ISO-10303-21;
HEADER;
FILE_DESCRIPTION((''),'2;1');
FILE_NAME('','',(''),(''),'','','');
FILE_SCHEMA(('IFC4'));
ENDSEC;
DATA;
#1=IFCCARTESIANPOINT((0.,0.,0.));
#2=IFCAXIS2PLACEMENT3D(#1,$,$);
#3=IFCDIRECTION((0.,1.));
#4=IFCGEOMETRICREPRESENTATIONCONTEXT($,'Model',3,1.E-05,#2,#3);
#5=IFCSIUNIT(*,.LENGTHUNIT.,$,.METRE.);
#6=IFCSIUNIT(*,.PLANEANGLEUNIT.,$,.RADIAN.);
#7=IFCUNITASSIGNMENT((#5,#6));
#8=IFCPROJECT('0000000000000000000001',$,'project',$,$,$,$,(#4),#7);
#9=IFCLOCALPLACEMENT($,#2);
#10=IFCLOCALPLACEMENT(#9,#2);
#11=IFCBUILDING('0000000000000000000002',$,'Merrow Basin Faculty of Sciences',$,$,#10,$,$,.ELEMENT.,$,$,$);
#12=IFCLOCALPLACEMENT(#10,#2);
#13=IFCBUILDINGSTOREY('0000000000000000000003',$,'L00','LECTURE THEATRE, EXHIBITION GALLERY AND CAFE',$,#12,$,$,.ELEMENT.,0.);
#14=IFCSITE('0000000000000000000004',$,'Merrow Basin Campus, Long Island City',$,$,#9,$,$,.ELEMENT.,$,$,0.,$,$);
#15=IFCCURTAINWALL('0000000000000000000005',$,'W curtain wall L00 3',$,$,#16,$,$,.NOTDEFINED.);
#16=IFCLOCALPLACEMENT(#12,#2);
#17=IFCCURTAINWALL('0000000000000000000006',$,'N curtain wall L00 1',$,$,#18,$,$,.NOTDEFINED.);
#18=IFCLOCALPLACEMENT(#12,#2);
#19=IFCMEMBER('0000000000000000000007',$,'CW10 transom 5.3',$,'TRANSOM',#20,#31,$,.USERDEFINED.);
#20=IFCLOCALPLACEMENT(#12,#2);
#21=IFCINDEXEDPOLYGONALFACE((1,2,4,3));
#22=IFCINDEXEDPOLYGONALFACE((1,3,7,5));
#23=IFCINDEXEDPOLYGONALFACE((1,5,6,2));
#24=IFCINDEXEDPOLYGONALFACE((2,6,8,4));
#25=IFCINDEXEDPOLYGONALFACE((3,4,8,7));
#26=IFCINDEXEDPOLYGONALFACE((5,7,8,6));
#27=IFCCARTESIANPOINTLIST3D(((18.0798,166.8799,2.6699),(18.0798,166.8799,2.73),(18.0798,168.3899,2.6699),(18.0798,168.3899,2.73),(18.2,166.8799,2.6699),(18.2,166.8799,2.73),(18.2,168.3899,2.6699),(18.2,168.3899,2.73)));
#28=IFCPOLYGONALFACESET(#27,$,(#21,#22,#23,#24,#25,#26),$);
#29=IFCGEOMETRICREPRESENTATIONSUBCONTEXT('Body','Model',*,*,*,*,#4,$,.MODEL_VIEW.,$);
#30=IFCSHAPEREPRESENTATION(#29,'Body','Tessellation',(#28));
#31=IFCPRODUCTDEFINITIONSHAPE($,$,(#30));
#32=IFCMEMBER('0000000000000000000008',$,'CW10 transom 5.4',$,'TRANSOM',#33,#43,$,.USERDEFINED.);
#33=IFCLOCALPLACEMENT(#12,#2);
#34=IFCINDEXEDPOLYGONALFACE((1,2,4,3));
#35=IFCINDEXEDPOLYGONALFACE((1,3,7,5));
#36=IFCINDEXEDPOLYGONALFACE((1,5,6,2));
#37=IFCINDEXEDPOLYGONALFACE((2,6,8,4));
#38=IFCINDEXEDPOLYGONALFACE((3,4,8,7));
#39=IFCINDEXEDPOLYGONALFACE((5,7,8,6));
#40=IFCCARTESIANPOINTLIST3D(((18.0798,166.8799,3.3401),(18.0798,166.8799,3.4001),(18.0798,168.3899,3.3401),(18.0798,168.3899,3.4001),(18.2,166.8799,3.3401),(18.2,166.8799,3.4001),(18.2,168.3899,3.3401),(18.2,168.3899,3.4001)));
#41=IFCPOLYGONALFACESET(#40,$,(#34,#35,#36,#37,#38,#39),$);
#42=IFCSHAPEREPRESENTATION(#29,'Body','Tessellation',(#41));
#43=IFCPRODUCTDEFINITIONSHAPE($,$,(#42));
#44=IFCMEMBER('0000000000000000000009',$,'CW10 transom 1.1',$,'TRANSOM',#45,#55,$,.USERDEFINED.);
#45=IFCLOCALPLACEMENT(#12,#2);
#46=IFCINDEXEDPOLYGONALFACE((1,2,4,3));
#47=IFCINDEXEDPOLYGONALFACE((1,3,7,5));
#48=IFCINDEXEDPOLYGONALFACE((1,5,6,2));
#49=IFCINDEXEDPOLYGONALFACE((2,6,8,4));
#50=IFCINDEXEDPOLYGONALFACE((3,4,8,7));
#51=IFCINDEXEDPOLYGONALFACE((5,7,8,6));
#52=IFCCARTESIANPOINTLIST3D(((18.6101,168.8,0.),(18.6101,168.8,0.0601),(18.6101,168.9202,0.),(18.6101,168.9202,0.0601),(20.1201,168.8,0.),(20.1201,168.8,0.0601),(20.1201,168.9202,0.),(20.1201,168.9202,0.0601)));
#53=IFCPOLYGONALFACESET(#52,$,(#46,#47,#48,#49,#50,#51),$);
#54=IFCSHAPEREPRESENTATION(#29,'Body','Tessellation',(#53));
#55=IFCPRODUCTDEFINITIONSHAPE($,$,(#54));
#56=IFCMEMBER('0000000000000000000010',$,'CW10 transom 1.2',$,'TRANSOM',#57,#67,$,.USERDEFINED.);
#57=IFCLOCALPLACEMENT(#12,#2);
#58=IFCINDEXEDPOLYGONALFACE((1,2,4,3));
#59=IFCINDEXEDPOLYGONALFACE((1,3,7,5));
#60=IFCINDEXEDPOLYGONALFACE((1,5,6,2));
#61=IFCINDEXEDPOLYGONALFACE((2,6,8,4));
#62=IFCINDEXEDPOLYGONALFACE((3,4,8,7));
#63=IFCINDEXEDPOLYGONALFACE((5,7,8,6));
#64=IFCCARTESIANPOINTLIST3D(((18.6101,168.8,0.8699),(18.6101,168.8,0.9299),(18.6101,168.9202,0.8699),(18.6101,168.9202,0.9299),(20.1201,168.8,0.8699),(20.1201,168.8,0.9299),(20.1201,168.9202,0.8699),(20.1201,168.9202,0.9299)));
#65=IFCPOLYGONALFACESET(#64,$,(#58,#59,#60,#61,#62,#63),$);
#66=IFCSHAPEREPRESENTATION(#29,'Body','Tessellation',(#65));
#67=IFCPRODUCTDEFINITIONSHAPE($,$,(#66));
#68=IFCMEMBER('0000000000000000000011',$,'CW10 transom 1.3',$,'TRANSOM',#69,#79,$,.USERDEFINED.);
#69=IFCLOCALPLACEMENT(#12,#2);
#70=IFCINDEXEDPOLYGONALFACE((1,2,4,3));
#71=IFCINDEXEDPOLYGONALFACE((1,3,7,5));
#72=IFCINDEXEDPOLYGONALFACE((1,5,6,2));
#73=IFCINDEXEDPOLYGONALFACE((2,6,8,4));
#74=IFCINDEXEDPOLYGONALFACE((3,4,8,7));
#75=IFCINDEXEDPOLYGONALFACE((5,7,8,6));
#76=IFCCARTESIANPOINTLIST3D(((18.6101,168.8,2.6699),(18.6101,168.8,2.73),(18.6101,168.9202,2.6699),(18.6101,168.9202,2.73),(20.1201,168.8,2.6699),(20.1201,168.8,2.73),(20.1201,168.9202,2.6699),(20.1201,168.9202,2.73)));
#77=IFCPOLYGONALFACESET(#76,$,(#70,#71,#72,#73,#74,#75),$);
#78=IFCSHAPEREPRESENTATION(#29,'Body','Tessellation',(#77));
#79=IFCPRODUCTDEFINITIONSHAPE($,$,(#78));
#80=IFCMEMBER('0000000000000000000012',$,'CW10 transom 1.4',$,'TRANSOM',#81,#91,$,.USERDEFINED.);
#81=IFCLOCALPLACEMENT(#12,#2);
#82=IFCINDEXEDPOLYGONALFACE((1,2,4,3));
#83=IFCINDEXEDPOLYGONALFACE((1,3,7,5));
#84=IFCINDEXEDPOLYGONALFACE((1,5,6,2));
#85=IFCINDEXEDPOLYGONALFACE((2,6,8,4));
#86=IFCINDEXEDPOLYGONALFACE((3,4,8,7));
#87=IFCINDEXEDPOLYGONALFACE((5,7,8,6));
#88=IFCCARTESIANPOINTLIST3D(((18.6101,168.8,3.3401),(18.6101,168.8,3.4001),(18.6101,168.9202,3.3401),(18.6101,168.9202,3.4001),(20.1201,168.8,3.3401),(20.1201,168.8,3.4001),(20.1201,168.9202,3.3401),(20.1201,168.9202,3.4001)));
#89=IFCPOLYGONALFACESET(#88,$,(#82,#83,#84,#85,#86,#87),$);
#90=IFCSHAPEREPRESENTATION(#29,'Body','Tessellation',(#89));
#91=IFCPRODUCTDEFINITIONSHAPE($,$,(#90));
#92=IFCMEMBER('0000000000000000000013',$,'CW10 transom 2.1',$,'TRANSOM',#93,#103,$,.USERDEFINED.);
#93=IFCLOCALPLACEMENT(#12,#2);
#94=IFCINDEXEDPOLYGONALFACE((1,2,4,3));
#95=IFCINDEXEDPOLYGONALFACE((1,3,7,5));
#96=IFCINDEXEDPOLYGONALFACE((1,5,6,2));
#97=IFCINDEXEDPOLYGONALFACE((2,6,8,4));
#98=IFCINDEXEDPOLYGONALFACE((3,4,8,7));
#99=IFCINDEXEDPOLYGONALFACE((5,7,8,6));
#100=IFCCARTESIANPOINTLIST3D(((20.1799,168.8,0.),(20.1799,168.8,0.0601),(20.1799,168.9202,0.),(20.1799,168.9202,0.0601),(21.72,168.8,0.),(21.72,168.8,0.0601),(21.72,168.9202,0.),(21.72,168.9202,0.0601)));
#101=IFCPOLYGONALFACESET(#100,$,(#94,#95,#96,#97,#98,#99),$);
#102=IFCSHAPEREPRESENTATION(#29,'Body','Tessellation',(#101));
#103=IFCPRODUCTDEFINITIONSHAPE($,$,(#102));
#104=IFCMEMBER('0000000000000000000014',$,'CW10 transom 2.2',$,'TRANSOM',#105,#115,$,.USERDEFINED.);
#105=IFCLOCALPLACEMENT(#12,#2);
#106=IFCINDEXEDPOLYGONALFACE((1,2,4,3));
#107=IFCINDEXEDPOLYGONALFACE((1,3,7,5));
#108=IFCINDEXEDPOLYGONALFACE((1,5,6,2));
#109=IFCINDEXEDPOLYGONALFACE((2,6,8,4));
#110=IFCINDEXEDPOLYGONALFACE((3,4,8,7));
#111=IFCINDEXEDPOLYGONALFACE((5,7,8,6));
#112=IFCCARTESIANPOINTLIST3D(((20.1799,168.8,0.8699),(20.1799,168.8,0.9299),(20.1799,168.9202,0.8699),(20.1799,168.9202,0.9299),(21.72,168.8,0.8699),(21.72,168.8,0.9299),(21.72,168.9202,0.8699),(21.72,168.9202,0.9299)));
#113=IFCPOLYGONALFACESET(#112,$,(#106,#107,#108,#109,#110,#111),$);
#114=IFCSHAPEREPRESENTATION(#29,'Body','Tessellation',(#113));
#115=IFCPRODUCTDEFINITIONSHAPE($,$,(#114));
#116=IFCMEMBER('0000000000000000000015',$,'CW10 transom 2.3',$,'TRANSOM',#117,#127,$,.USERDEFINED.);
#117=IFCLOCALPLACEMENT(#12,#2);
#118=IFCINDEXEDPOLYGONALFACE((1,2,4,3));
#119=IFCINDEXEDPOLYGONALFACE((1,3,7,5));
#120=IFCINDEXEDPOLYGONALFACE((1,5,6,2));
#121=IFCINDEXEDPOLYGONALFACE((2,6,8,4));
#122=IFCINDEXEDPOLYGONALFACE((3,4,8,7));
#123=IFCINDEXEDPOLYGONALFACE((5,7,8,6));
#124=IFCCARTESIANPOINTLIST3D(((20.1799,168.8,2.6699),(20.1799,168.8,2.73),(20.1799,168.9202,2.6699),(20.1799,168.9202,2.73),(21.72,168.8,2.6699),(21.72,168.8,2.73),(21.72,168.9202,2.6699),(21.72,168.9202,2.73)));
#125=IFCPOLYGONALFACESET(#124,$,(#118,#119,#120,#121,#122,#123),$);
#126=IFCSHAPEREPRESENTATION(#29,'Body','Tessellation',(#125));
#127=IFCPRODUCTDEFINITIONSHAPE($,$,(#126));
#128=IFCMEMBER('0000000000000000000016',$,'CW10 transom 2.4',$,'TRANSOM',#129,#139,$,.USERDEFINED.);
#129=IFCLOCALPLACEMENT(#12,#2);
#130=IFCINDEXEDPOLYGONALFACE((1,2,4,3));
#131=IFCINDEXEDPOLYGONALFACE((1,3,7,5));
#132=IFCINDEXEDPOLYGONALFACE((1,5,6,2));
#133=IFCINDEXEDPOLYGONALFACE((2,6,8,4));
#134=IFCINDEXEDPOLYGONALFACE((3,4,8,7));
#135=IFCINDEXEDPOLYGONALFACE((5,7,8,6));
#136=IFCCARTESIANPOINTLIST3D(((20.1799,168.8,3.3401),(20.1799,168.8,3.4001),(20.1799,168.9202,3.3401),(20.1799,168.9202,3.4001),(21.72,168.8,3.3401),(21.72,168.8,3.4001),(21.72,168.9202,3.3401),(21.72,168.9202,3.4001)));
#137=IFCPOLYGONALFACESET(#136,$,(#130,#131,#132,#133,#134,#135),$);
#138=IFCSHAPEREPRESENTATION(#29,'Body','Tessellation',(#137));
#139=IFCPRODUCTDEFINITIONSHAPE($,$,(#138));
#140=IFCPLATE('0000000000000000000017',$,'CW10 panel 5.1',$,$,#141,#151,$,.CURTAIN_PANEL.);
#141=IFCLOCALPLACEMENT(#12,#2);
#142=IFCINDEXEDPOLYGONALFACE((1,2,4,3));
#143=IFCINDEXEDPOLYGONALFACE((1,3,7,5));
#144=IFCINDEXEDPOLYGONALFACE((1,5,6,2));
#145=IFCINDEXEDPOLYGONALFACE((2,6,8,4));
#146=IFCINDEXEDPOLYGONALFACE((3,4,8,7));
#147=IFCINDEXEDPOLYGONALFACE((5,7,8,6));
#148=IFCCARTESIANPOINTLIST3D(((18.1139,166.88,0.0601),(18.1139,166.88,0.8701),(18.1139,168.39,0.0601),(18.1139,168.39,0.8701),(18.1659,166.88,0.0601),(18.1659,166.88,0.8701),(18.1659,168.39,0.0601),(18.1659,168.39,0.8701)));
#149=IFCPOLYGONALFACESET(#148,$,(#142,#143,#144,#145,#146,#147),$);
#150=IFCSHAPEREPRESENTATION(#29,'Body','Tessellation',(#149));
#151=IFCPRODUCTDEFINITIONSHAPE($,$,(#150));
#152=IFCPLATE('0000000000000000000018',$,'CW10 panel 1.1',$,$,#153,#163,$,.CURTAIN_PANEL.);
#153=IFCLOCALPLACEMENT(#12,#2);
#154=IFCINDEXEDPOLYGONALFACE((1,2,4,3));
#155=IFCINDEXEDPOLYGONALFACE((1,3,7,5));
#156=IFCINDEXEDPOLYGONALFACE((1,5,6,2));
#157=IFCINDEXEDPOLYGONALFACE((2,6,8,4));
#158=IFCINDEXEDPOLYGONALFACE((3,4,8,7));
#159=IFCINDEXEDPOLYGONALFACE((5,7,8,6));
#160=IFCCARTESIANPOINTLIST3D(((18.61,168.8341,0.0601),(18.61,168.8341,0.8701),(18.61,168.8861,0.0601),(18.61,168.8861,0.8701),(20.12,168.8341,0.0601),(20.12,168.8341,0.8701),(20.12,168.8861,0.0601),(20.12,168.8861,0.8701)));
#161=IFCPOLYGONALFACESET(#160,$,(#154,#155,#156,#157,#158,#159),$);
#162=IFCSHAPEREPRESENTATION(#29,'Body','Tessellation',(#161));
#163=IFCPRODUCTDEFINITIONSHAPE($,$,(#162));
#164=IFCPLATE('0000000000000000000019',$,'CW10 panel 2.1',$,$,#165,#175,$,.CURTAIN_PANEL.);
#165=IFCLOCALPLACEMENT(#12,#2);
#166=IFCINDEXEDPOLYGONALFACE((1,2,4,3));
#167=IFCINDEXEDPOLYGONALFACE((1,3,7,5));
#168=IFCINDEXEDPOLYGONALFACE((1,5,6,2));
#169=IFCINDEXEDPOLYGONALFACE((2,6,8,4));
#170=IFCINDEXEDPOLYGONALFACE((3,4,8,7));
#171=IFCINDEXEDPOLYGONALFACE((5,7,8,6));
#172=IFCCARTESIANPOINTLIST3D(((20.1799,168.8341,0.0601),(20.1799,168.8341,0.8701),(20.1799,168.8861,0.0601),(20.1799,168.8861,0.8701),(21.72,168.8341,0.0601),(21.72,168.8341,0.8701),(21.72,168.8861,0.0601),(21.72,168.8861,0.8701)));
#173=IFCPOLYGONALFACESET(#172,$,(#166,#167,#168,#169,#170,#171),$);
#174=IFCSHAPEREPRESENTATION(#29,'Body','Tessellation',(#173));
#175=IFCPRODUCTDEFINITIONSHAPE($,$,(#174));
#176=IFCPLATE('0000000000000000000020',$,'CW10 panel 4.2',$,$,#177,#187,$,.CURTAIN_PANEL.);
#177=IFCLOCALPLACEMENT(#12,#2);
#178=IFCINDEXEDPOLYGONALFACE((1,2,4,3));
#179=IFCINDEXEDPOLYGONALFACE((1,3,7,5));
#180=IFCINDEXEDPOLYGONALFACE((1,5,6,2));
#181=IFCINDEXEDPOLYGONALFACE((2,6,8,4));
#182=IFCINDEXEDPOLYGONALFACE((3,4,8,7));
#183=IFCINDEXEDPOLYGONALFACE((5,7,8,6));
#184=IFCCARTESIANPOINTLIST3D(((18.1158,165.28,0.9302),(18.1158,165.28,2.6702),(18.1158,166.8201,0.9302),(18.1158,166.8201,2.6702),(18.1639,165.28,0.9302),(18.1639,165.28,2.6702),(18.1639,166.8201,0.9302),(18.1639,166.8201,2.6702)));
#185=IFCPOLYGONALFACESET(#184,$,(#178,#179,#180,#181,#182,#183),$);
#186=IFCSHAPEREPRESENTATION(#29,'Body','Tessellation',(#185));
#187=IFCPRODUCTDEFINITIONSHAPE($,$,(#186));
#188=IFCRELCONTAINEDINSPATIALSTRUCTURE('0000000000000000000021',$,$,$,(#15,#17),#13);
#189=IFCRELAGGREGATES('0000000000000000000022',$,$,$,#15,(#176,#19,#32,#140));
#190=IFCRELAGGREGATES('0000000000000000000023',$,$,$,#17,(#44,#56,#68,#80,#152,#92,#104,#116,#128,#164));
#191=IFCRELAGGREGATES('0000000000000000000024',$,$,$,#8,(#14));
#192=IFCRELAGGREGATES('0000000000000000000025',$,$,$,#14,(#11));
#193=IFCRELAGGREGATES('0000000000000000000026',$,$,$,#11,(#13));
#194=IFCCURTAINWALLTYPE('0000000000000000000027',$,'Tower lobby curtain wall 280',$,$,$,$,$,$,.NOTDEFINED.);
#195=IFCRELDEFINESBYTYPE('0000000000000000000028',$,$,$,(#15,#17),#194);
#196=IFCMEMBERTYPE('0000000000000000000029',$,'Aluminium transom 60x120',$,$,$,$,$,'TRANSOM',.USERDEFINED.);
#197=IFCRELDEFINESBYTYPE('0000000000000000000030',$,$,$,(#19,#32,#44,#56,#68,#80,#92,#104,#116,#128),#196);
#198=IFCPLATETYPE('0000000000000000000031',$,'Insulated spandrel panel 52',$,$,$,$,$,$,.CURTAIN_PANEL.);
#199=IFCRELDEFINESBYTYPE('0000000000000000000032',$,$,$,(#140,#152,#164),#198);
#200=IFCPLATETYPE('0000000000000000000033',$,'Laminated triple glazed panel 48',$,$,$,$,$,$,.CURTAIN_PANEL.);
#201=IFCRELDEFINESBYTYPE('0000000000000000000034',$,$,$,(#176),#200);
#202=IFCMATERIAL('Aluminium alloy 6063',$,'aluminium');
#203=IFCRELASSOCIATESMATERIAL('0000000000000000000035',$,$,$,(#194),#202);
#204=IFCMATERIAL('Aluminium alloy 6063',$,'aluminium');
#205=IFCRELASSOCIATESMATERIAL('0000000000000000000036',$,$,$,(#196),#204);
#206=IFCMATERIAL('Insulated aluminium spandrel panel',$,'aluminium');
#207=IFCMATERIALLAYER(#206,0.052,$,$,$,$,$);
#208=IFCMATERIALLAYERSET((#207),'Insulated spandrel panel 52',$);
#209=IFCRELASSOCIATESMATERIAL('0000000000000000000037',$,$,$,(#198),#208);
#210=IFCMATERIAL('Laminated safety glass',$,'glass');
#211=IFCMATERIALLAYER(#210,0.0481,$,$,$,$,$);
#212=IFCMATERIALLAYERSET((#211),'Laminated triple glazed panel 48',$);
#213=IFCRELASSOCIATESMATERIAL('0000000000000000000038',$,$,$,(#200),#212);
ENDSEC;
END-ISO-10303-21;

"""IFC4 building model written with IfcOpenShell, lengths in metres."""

from ifc_helpers import new_model, si_unit, direction, frame, origin, origin_2d, place, context, subcontext, project, spatial, rectangle, extrude, material, layer, layer_set, material_profile, profile_set, type_object, element, aggregate, save


model = new_model("IFC4")

# Units and contexts
model_context = context("Model", 3, precision=1e-05, world=origin(), true_north=direction((0.0, 1.0)))
body_context = subcontext(model_context, "Body", "Model", "MODEL_VIEW")
ifc_project = project(units=[si_unit("LENGTHUNIT", "METRE"), si_unit("PLANEANGLEUNIT", "RADIAN")], contexts=[model_context])

# Site, building, storey
site_placement = place(None, origin())
site = spatial("IfcSite", under=ifc_project, at=site_placement, Name="Merrow Basin Campus, Long Island City", CompositionType="ELEMENT", RefElevation=0.0)
building_placement = place(site_placement, origin())
building = spatial("IfcBuilding", under=site, at=building_placement, Name="Merrow Basin Faculty of Sciences", CompositionType="ELEMENT")
storey_placement = place(building_placement, origin())
storey = spatial("IfcBuildingStorey", under=building, at=storey_placement, Name="L00", Description="LECTURE THEATRE, EXHIBITION GALLERY AND CAFE", CompositionType="ELEMENT", Elevation=0.0)

# Curtain walls
ifc_material_1 = material(Name="Aluminium alloy 6063", Category="aluminium")
curtain_wall_type = type_object("IfcCurtainWallType", Name="Tower lobby curtain wall 280", PredefinedType="NOTDEFINED", material=ifc_material_1)
curtain_wall_1_placement = place(storey_placement, origin())
curtain_wall_1 = element("IfcCurtainWall", 1, at=curtain_wall_1_placement, inside=storey, type_object=curtain_wall_type, Name="W curtain wall L00 3", PredefinedType="NOTDEFINED")
curtain_wall_2_placement = place(storey_placement, origin())
curtain_wall_2 = element("IfcCurtainWall", 2, at=curtain_wall_2_placement, inside=storey, type_object=curtain_wall_type, Name="N curtain wall L00 1", PredefinedType="NOTDEFINED")

# Members
ifc_material_2 = material(Name="Aluminium alloy 6063", Category="aluminium")
ifc_material_profile_1 = material_profile(ifc_material_2, rectangle(XDim=0.1201, YDim=0.0601, at=origin_2d()))
ifc_profile_set_1 = profile_set([ifc_material_profile_1], Name="Aluminium alloy 6063")
member_type_1 = type_object("IfcMemberType", Name="Aluminium transom 60x120", ElementType="TRANSOM", PredefinedType="USERDEFINED", material=ifc_profile_set_1)
member_1_placement = place(storey_placement, frame((18.1399, 166.8799, 2.7), z_axis=(0.0, 1.0, 0.0), x_axis=(-1.0, 0.0, 0.0)))
member_1 = element("IfcMember", 3, at=member_1_placement, type_object=member_type_1, Name="CW10 transom 5.3", ObjectType="TRANSOM", PredefinedType="USERDEFINED", context=body_context, shape_type="SweptSolid", body=[
    extrude(rectangle(XDim=0.1201, YDim=0.0601, at=origin_2d()), origin(), (0.0, 0.0, 1.0), 1.51),
])
member_2_placement = place(storey_placement, frame((18.1399, 166.8799, 3.3701), z_axis=(0.0, 1.0, 0.0), x_axis=(-1.0, 0.0, 0.0)))
member_2 = element("IfcMember", 4, at=member_2_placement, type_object=member_type_1, Name="CW10 transom 5.4", ObjectType="TRANSOM", PredefinedType="USERDEFINED", context=body_context, shape_type="SweptSolid", body=[
    extrude(rectangle(XDim=0.1201, YDim=0.0601, at=origin_2d()), origin(), (0.0, 0.0, 1.0), 1.51),
])
member_3_placement = place(storey_placement, frame((18.6101, 168.8601, 0.03), z_axis=(1.0, 0.0, 0.0), x_axis=(0.0, 1.0, 0.0)))
member_3 = element("IfcMember", 5, at=member_3_placement, type_object=member_type_1, Name="CW10 transom 1.1", ObjectType="TRANSOM", PredefinedType="USERDEFINED", context=body_context, shape_type="SweptSolid", body=[
    extrude(rectangle(XDim=0.1201, YDim=0.0601, at=origin_2d()), origin(), (0.0, 0.0, 1.0), 1.51),
])
member_4_placement = place(storey_placement, frame((18.6101, 168.8601, 0.8999), z_axis=(1.0, 0.0, 0.0), x_axis=(0.0, 1.0, 0.0)))
member_4 = element("IfcMember", 6, at=member_4_placement, type_object=member_type_1, Name="CW10 transom 1.2", ObjectType="TRANSOM", PredefinedType="USERDEFINED", context=body_context, shape_type="SweptSolid", body=[
    extrude(rectangle(XDim=0.1201, YDim=0.0601, at=origin_2d()), origin(), (0.0, 0.0, 1.0), 1.51),
])
member_5_placement = place(storey_placement, frame((18.6101, 168.8601, 2.7), z_axis=(1.0, 0.0, 0.0), x_axis=(0.0, 1.0, 0.0)))
member_5 = element("IfcMember", 7, at=member_5_placement, type_object=member_type_1, Name="CW10 transom 1.3", ObjectType="TRANSOM", PredefinedType="USERDEFINED", context=body_context, shape_type="SweptSolid", body=[
    extrude(rectangle(XDim=0.1201, YDim=0.0601, at=origin_2d()), origin(), (0.0, 0.0, 1.0), 1.51),
])
member_6_placement = place(storey_placement, frame((18.6101, 168.8601, 3.3701), z_axis=(1.0, 0.0, 0.0), x_axis=(0.0, 1.0, 0.0)))
member_6 = element("IfcMember", 8, at=member_6_placement, type_object=member_type_1, Name="CW10 transom 1.4", ObjectType="TRANSOM", PredefinedType="USERDEFINED", context=body_context, shape_type="SweptSolid", body=[
    extrude(rectangle(XDim=0.1201, YDim=0.0601, at=origin_2d()), origin(), (0.0, 0.0, 1.0), 1.51),
])
member_7_placement = place(storey_placement, frame((20.1799, 168.8601, 0.03), z_axis=(1.0, 0.0, 0.0), x_axis=(0.0, 1.0, 0.0)))
member_7 = element("IfcMember", 9, at=member_7_placement, type_object=member_type_1, Name="CW10 transom 2.1", ObjectType="TRANSOM", PredefinedType="USERDEFINED", context=body_context, shape_type="SweptSolid", body=[
    extrude(rectangle(XDim=0.1201, YDim=0.0601, at=origin_2d()), origin(), (0.0, 0.0, 1.0), 1.54),
])
member_8_placement = place(storey_placement, frame((20.1799, 168.8601, 0.8999), z_axis=(1.0, 0.0, 0.0), x_axis=(0.0, 1.0, 0.0)))
member_8 = element("IfcMember", 10, at=member_8_placement, type_object=member_type_1, Name="CW10 transom 2.2", ObjectType="TRANSOM", PredefinedType="USERDEFINED", context=body_context, shape_type="SweptSolid", body=[
    extrude(rectangle(XDim=0.1201, YDim=0.0601, at=origin_2d()), origin(), (0.0, 0.0, 1.0), 1.54),
])
member_9_placement = place(storey_placement, frame((20.1799, 168.8601, 2.7), z_axis=(1.0, 0.0, 0.0), x_axis=(0.0, 1.0, 0.0)))
member_9 = element("IfcMember", 11, at=member_9_placement, type_object=member_type_1, Name="CW10 transom 2.3", ObjectType="TRANSOM", PredefinedType="USERDEFINED", context=body_context, shape_type="SweptSolid", body=[
    extrude(rectangle(XDim=0.1201, YDim=0.0601, at=origin_2d()), origin(), (0.0, 0.0, 1.0), 1.54),
])
member_10_placement = place(storey_placement, frame((20.1799, 168.8601, 3.3701), z_axis=(1.0, 0.0, 0.0), x_axis=(0.0, 1.0, 0.0)))
member_10 = element("IfcMember", 12, at=member_10_placement, type_object=member_type_1, Name="CW10 transom 2.4", ObjectType="TRANSOM", PredefinedType="USERDEFINED", context=body_context, shape_type="SweptSolid", body=[
    extrude(rectangle(XDim=0.1201, YDim=0.0601, at=origin_2d()), origin(), (0.0, 0.0, 1.0), 1.54),
])

# Plates
ifc_material_3 = material(Name="Insulated aluminium spandrel panel", Category="aluminium")
ifc_layer_1 = layer(ifc_material_3, 0.052)
ifc_layer_set_1 = layer_set([ifc_layer_1], Name="Insulated spandrel panel 52")
plate_type_1 = type_object("IfcPlateType", Name="Insulated spandrel panel 52", PredefinedType="CURTAIN_PANEL", material=ifc_layer_set_1)
plate_1_placement = place(storey_placement, frame((18.1399, 167.635, 0.0601), z_axis=(0.0, 0.0, 1.0), x_axis=(0.0, 1.0, 0.0)))
plate_1 = element("IfcPlate", 13, at=plate_1_placement, type_object=plate_type_1, Name="CW10 panel 5.1", PredefinedType="CURTAIN_PANEL", context=body_context, shape_type="SweptSolid", body=[
    extrude(rectangle(XDim=1.51, YDim=0.052, at=origin_2d()), origin(), (0.0, 0.0, 1.0), 0.8101),
])
plate_2_placement = place(storey_placement, frame((19.365, 168.8601, 0.0601), z_axis=(0.0, 0.0, 1.0), x_axis=(1.0, 0.0, 0.0)))
plate_2 = element("IfcPlate", 14, at=plate_2_placement, type_object=plate_type_1, Name="CW10 panel 1.1", PredefinedType="CURTAIN_PANEL", context=body_context, shape_type="SweptSolid", body=[
    extrude(rectangle(XDim=1.51, YDim=0.052, at=origin_2d()), origin(), (0.0, 0.0, 1.0), 0.8101),
])
plate_3_placement = place(storey_placement, frame((20.95, 168.8601, 0.0601), z_axis=(0.0, 0.0, 1.0), x_axis=(1.0, 0.0, 0.0)))
plate_3 = element("IfcPlate", 15, at=plate_3_placement, type_object=plate_type_1, Name="CW10 panel 2.1", PredefinedType="CURTAIN_PANEL", context=body_context, shape_type="SweptSolid", body=[
    extrude(rectangle(XDim=1.54, YDim=0.052, at=origin_2d()), origin(), (0.0, 0.0, 1.0), 0.8101),
])
ifc_material_4 = material(Name="Laminated safety glass", Category="glass")
ifc_layer_2 = layer(ifc_material_4, 0.0481)
ifc_layer_set_2 = layer_set([ifc_layer_2], Name="Laminated triple glazed panel 48")
plate_type_2 = type_object("IfcPlateType", Name="Laminated triple glazed panel 48", PredefinedType="CURTAIN_PANEL", material=ifc_layer_set_2)
plate_4_placement = place(storey_placement, frame((18.1399, 166.05, 0.9302), z_axis=(0.0, 0.0, 1.0), x_axis=(0.0, 1.0, 0.0)))
plate_4 = element("IfcPlate", 16, at=plate_4_placement, type_object=plate_type_2, Name="CW10 panel 4.2", PredefinedType="CURTAIN_PANEL", context=body_context, shape_type="SweptSolid", body=[
    extrude(rectangle(XDim=1.54, YDim=0.0481, at=origin_2d()), origin(), (0.0, 0.0, 1.0), 1.74),
])
aggregate(curtain_wall_1, [plate_4, member_1, member_2, plate_1])
aggregate(curtain_wall_2, [member_3, member_4, member_5, member_6, plate_2, member_7, member_8, member_9, member_10, plate_3])

save(model, "model.ifc")
